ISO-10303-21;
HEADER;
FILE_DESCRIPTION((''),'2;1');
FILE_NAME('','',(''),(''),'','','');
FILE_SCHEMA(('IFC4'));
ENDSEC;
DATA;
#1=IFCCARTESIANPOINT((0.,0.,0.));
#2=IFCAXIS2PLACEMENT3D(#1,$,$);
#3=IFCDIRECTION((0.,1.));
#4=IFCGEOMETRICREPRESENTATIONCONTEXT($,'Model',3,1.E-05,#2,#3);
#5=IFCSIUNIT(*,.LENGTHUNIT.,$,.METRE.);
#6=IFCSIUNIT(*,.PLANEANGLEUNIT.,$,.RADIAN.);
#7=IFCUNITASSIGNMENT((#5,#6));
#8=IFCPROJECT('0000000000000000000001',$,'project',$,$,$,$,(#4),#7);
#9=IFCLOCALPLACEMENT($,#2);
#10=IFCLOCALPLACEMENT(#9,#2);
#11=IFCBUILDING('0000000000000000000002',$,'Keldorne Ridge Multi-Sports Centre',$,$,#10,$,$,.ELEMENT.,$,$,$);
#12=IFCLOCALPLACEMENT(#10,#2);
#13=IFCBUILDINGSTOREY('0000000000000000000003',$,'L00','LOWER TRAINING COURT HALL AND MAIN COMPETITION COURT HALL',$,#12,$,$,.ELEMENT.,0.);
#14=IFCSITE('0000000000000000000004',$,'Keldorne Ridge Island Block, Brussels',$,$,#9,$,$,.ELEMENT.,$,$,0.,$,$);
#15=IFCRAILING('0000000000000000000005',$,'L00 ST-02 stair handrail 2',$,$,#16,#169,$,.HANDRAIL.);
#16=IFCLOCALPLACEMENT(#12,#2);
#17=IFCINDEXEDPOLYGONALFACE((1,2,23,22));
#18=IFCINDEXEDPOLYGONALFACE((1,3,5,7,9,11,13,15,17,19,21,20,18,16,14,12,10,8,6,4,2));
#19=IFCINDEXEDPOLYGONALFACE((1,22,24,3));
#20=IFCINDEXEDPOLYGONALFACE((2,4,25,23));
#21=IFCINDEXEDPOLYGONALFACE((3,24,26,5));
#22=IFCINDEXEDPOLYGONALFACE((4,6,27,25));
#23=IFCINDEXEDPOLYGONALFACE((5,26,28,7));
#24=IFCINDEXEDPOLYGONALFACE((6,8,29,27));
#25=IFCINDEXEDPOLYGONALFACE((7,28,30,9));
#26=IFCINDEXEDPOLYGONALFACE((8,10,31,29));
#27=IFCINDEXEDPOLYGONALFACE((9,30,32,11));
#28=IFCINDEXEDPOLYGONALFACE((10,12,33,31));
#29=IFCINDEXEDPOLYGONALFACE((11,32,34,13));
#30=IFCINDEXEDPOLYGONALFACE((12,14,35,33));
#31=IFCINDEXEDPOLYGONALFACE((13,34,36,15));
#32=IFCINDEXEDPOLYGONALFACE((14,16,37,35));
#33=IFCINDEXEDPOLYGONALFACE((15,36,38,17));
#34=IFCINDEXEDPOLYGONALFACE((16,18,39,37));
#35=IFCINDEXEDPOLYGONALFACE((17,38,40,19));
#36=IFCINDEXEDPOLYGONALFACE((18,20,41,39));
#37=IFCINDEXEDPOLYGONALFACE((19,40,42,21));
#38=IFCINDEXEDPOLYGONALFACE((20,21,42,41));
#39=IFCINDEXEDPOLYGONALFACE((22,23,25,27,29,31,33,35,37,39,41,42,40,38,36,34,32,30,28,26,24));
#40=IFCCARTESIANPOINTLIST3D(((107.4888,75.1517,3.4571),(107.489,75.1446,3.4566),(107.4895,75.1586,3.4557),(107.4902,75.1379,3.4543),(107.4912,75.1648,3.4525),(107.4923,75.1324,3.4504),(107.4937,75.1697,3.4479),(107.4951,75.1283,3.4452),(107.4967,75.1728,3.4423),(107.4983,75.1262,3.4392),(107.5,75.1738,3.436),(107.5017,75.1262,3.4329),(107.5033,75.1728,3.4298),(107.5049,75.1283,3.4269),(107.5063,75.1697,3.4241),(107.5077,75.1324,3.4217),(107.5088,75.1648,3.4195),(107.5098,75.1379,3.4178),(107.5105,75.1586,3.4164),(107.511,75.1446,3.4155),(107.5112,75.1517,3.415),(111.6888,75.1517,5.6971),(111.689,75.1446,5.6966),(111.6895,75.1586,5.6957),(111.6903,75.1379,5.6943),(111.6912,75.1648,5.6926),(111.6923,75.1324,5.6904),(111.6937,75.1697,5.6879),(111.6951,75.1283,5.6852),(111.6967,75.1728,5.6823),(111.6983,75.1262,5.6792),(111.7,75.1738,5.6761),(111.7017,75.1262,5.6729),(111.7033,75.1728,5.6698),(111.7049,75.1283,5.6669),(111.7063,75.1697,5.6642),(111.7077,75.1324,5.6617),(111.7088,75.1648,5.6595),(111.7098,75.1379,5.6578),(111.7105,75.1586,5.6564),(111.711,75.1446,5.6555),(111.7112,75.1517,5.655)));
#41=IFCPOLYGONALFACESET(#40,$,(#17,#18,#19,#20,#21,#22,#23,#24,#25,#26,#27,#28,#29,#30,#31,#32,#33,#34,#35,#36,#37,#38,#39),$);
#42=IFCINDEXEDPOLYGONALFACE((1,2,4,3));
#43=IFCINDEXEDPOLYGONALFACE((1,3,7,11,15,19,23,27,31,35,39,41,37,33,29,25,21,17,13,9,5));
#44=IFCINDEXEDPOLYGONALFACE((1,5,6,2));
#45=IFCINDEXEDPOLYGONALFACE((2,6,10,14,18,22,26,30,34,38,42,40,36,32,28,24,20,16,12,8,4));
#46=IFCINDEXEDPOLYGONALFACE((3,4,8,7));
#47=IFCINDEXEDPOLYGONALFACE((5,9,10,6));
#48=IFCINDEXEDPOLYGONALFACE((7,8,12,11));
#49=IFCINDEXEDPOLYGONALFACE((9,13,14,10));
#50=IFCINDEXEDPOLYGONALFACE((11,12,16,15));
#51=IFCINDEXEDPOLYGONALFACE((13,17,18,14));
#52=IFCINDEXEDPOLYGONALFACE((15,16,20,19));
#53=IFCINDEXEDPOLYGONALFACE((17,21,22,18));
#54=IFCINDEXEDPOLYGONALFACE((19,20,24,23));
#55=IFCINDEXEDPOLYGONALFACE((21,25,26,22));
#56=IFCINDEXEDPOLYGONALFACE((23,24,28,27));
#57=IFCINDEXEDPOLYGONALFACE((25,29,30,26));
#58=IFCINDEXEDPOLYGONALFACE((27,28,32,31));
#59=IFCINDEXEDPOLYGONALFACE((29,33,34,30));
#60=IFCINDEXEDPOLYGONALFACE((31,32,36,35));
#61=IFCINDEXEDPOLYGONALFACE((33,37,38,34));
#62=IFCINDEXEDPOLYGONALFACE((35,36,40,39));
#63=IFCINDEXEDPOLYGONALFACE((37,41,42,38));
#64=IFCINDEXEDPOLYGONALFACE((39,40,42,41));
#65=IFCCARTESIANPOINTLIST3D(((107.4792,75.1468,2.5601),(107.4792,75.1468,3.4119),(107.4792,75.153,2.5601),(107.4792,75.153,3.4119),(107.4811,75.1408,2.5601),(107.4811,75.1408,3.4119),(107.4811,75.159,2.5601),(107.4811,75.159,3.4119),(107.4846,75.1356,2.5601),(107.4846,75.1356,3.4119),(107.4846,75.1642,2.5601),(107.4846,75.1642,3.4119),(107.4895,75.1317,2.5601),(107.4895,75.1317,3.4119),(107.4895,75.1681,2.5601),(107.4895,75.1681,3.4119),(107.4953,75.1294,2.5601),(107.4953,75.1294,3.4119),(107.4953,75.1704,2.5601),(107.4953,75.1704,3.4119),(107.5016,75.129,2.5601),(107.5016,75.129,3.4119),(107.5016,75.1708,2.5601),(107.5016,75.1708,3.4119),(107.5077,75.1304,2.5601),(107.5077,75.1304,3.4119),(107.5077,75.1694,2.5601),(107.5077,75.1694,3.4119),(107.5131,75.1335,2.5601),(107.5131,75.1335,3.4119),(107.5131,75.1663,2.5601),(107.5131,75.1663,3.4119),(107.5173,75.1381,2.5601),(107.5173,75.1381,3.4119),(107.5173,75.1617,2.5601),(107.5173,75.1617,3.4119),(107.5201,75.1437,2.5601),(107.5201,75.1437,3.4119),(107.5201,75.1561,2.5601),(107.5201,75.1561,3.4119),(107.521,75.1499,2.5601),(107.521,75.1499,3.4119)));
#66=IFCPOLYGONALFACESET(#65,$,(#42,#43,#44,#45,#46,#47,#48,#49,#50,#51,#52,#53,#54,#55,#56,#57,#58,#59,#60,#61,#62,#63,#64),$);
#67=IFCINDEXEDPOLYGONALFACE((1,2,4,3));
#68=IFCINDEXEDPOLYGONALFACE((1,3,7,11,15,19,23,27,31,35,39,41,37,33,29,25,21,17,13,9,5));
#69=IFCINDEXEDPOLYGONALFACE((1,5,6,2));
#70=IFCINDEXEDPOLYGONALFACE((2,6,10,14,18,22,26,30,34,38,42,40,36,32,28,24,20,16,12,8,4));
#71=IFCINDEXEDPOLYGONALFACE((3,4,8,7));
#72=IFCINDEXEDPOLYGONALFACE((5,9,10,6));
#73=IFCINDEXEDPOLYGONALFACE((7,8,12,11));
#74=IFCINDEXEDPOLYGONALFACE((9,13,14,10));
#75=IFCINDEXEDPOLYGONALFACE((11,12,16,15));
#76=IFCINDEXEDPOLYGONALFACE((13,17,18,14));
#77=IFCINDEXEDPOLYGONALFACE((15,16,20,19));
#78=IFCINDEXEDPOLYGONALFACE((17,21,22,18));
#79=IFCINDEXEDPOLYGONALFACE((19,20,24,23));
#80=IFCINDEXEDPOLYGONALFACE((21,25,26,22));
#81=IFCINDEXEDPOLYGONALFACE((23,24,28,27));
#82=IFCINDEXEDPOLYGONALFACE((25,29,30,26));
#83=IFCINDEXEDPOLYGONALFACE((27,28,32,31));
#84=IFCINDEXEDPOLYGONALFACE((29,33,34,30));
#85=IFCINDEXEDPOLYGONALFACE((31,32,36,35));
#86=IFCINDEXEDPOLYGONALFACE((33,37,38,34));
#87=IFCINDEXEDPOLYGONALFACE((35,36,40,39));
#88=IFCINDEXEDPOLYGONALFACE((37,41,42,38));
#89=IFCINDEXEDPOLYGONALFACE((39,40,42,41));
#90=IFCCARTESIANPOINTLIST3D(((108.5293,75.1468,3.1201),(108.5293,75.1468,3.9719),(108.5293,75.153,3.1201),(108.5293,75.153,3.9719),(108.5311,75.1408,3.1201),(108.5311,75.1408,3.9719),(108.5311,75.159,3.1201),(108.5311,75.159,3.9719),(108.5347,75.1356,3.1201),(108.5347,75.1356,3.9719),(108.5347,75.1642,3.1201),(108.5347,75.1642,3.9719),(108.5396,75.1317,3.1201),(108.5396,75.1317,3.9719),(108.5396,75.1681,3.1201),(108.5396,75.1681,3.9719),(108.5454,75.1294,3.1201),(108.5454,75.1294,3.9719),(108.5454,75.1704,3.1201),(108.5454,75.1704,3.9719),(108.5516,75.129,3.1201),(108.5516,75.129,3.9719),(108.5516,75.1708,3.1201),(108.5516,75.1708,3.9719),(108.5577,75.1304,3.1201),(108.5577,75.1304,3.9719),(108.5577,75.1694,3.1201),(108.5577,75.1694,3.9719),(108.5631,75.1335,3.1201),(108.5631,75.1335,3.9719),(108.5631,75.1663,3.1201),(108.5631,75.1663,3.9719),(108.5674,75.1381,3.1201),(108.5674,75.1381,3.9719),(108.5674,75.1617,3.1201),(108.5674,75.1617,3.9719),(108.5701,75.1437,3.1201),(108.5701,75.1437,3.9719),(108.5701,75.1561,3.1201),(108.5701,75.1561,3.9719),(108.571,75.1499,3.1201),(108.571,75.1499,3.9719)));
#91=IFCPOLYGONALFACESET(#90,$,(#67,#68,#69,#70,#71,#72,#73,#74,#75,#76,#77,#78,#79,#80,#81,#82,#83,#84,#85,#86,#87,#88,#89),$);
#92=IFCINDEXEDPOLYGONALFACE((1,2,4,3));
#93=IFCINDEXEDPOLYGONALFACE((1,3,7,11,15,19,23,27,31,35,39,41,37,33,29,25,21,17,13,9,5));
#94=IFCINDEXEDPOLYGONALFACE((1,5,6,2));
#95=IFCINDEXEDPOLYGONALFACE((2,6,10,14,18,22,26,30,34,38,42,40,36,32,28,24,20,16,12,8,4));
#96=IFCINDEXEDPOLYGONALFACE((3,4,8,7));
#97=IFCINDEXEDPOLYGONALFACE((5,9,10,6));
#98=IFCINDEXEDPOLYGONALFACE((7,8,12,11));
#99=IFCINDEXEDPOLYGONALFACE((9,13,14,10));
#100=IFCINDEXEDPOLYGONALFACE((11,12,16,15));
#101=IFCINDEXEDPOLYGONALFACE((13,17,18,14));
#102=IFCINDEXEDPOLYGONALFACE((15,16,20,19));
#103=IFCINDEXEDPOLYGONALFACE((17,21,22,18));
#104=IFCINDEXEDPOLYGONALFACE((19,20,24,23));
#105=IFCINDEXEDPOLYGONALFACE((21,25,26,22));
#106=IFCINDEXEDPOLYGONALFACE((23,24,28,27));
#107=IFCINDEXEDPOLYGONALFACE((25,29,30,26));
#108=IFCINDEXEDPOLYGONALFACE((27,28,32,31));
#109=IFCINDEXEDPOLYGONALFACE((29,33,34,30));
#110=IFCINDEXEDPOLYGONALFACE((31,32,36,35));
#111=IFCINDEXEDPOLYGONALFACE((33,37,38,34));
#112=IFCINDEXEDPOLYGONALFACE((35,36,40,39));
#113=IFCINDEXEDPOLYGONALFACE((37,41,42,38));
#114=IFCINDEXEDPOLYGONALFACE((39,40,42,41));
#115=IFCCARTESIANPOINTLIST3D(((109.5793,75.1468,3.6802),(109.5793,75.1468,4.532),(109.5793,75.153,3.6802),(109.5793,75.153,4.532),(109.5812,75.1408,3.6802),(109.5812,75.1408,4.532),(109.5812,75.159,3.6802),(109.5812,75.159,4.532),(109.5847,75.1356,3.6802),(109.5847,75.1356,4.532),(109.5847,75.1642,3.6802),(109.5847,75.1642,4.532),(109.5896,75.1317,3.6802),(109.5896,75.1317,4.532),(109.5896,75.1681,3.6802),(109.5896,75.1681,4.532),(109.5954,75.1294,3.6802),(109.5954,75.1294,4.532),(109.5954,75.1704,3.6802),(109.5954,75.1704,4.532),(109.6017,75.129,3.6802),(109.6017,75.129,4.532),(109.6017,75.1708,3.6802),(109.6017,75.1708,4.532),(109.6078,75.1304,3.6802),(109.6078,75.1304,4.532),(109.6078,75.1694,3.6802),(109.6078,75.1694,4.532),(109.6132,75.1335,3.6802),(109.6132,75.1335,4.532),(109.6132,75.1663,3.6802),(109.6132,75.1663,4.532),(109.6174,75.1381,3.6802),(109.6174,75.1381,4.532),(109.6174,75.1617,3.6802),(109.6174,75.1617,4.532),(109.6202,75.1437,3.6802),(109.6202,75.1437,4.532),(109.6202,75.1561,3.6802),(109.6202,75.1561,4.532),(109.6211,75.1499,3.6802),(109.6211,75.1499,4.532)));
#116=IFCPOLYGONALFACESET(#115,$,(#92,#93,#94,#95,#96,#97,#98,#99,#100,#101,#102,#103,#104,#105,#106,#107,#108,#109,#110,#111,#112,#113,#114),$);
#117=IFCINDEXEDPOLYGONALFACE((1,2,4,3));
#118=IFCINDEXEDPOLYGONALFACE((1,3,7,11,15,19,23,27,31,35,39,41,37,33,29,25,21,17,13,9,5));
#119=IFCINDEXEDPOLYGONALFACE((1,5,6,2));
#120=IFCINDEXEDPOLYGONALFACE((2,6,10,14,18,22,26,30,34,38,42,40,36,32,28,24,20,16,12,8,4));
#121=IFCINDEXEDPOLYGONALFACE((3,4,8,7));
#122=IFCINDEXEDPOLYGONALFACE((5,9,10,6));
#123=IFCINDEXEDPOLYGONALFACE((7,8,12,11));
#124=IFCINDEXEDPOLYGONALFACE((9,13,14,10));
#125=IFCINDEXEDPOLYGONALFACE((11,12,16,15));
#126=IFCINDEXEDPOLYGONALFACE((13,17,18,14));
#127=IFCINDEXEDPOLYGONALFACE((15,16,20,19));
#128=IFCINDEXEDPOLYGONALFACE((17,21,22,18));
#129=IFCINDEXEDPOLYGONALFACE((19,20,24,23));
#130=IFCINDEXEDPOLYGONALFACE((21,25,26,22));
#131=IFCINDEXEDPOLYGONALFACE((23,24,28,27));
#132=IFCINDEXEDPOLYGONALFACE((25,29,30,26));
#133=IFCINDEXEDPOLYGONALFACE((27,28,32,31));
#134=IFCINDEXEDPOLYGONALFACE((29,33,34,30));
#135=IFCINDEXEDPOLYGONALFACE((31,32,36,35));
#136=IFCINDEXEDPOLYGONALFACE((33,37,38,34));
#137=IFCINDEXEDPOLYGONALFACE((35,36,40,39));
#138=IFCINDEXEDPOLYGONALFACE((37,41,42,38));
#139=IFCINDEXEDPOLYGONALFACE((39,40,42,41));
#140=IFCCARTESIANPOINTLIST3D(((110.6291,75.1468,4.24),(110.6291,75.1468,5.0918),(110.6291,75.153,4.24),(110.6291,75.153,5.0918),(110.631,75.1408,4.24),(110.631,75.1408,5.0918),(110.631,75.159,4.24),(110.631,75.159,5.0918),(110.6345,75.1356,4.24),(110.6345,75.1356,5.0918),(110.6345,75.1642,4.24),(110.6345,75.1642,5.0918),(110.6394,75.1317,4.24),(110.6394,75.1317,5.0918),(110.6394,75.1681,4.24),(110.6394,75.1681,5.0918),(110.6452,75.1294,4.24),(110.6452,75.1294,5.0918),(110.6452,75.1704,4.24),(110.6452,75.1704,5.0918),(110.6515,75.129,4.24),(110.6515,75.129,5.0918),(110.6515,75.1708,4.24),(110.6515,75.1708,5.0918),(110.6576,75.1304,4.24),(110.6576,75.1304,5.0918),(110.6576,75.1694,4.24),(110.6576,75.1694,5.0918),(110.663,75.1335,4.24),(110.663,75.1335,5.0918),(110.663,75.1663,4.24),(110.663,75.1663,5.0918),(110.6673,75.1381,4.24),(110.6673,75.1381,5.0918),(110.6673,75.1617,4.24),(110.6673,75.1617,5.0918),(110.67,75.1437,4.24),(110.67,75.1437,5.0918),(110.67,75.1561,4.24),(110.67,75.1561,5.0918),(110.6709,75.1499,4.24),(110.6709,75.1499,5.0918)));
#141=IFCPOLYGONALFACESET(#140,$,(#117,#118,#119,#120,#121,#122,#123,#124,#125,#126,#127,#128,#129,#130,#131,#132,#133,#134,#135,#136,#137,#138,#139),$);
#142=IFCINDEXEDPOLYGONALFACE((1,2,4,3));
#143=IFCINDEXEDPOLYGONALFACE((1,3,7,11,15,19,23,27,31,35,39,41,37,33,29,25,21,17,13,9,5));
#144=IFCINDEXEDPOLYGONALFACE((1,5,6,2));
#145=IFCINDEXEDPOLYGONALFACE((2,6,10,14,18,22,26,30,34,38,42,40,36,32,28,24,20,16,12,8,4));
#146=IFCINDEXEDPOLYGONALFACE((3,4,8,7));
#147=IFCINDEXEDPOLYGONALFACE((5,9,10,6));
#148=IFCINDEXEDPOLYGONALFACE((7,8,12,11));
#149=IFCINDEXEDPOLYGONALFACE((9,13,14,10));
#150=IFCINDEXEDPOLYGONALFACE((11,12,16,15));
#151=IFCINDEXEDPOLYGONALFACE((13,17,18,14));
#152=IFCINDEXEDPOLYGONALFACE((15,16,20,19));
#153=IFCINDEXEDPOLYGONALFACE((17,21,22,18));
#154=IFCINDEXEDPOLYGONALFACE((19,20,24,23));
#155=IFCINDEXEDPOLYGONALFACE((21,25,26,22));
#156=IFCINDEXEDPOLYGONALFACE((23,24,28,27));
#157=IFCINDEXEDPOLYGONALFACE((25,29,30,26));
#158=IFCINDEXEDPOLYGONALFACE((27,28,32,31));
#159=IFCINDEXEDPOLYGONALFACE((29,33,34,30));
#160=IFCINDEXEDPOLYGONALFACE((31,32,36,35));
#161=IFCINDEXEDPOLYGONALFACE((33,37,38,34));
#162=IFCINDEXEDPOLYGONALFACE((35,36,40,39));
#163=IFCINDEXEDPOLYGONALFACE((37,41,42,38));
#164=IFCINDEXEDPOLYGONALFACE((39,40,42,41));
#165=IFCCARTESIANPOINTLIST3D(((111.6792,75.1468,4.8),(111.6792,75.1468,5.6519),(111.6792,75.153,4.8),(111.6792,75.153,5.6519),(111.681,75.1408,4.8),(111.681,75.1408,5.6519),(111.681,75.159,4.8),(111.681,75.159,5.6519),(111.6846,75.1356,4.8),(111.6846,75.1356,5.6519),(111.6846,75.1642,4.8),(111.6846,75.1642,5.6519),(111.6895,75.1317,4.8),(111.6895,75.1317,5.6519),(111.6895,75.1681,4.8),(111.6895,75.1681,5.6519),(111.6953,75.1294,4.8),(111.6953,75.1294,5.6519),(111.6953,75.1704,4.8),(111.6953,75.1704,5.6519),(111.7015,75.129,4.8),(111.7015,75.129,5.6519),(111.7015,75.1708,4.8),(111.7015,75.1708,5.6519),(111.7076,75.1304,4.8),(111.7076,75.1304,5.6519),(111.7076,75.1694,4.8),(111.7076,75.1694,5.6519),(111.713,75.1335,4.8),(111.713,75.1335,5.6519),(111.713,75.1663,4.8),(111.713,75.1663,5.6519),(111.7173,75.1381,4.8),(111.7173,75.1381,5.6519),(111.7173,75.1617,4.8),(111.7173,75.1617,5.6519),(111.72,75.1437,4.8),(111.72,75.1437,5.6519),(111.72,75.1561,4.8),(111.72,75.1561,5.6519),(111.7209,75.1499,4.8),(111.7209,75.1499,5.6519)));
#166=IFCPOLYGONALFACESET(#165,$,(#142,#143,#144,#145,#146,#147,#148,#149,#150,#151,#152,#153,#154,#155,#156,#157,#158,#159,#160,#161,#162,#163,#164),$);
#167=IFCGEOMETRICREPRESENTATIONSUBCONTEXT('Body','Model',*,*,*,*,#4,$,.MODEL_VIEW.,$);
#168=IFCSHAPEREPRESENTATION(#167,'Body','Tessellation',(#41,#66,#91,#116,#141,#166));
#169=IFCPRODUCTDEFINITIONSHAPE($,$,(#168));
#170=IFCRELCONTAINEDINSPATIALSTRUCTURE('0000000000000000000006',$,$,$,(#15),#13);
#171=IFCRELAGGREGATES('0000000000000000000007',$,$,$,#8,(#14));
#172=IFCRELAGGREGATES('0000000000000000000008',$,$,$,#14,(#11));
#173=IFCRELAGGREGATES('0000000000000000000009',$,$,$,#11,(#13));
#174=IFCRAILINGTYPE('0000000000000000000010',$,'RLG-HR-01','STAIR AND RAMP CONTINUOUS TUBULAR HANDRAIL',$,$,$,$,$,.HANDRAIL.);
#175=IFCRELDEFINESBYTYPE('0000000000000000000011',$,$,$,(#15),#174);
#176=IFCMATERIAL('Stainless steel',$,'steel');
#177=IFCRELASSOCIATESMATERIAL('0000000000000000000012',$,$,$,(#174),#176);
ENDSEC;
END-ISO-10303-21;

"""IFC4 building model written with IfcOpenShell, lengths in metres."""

from ifc_helpers import new_model, si_unit, direction, frame, origin, origin_2d, place, context, subcontext, project, spatial, circle, extrude, material, type_object, element, save


model = new_model("IFC4")

# Units and contexts
model_context = context("Model", 3, precision=1e-05, world=origin(), true_north=direction((0.0, 1.0)))
body_context = subcontext(model_context, "Body", "Model", "MODEL_VIEW")
ifc_project = project(units=[si_unit("LENGTHUNIT", "METRE"), si_unit("PLANEANGLEUNIT", "RADIAN")], contexts=[model_context])

# Site, building, storey
site_placement = place(None, origin())
site = spatial("IfcSite", under=ifc_project, at=site_placement, Name="Keldorne Ridge Island Block, Brussels", CompositionType="ELEMENT", RefElevation=0.0)
building_placement = place(site_placement, origin())
building = spatial("IfcBuilding", under=site, at=building_placement, Name="Keldorne Ridge Multi-Sports Centre", CompositionType="ELEMENT")
storey_placement = place(building_placement, origin())
storey = spatial("IfcBuildingStorey", under=building, at=storey_placement, Name="L00", Description="LOWER TRAINING COURT HALL AND MAIN COMPETITION COURT HALL", CompositionType="ELEMENT", Elevation=0.0)

# Shared definitions
ifc_material_1 = material(Name="Stainless steel", Category="steel")

# Railing
railing_type_1 = type_object("IfcRailingType", Name="RLG-HR-01", Description="STAIR AND RAMP CONTINUOUS TUBULAR HANDRAIL", PredefinedType="HANDRAIL", material=ifc_material_1)
railing_1_placement = place(storey_placement, frame((107.5, 75.1499, 2.5601)))
element("IfcRailing", 1, at=railing_1_placement, inside=storey, type_object=railing_type_1, Name="L00 ST-02 stair handrail 2", PredefinedType="HANDRAIL", context=body_context, shape_type="SweptSolid", body=[
    extrude(circle(Radius=0.0239, at=origin_2d()), frame((0.0, 0.0, 0.876), z_axis=(0.882352, 0.0, 0.470591), x_axis=(0.0, 1.0, 0.0)), (0.0, 0.0, 1.0), 4.76),
    extrude(circle(Radius=0.021, at=origin_2d()), origin(), (0.0, 0.0, 1.0), 0.8518),
    extrude(circle(Radius=0.021, at=origin_2d()), frame((1.05, 0.0, 0.5601)), (0.0, 0.0, 1.0), 0.8518),
    extrude(circle(Radius=0.021, at=origin_2d()), frame((2.1001, 0.0, 1.1201)), (0.0, 0.0, 1.0), 0.8518),
    extrude(circle(Radius=0.021, at=origin_2d()), frame((3.1499, 0.0, 1.6799)), (0.0, 0.0, 1.0), 0.8518),
    extrude(circle(Radius=0.021, at=origin_2d()), frame((4.2, 0.0, 2.24)), (0.0, 0.0, 1.0), 0.8518),
])

save(model, "model.ifc")
